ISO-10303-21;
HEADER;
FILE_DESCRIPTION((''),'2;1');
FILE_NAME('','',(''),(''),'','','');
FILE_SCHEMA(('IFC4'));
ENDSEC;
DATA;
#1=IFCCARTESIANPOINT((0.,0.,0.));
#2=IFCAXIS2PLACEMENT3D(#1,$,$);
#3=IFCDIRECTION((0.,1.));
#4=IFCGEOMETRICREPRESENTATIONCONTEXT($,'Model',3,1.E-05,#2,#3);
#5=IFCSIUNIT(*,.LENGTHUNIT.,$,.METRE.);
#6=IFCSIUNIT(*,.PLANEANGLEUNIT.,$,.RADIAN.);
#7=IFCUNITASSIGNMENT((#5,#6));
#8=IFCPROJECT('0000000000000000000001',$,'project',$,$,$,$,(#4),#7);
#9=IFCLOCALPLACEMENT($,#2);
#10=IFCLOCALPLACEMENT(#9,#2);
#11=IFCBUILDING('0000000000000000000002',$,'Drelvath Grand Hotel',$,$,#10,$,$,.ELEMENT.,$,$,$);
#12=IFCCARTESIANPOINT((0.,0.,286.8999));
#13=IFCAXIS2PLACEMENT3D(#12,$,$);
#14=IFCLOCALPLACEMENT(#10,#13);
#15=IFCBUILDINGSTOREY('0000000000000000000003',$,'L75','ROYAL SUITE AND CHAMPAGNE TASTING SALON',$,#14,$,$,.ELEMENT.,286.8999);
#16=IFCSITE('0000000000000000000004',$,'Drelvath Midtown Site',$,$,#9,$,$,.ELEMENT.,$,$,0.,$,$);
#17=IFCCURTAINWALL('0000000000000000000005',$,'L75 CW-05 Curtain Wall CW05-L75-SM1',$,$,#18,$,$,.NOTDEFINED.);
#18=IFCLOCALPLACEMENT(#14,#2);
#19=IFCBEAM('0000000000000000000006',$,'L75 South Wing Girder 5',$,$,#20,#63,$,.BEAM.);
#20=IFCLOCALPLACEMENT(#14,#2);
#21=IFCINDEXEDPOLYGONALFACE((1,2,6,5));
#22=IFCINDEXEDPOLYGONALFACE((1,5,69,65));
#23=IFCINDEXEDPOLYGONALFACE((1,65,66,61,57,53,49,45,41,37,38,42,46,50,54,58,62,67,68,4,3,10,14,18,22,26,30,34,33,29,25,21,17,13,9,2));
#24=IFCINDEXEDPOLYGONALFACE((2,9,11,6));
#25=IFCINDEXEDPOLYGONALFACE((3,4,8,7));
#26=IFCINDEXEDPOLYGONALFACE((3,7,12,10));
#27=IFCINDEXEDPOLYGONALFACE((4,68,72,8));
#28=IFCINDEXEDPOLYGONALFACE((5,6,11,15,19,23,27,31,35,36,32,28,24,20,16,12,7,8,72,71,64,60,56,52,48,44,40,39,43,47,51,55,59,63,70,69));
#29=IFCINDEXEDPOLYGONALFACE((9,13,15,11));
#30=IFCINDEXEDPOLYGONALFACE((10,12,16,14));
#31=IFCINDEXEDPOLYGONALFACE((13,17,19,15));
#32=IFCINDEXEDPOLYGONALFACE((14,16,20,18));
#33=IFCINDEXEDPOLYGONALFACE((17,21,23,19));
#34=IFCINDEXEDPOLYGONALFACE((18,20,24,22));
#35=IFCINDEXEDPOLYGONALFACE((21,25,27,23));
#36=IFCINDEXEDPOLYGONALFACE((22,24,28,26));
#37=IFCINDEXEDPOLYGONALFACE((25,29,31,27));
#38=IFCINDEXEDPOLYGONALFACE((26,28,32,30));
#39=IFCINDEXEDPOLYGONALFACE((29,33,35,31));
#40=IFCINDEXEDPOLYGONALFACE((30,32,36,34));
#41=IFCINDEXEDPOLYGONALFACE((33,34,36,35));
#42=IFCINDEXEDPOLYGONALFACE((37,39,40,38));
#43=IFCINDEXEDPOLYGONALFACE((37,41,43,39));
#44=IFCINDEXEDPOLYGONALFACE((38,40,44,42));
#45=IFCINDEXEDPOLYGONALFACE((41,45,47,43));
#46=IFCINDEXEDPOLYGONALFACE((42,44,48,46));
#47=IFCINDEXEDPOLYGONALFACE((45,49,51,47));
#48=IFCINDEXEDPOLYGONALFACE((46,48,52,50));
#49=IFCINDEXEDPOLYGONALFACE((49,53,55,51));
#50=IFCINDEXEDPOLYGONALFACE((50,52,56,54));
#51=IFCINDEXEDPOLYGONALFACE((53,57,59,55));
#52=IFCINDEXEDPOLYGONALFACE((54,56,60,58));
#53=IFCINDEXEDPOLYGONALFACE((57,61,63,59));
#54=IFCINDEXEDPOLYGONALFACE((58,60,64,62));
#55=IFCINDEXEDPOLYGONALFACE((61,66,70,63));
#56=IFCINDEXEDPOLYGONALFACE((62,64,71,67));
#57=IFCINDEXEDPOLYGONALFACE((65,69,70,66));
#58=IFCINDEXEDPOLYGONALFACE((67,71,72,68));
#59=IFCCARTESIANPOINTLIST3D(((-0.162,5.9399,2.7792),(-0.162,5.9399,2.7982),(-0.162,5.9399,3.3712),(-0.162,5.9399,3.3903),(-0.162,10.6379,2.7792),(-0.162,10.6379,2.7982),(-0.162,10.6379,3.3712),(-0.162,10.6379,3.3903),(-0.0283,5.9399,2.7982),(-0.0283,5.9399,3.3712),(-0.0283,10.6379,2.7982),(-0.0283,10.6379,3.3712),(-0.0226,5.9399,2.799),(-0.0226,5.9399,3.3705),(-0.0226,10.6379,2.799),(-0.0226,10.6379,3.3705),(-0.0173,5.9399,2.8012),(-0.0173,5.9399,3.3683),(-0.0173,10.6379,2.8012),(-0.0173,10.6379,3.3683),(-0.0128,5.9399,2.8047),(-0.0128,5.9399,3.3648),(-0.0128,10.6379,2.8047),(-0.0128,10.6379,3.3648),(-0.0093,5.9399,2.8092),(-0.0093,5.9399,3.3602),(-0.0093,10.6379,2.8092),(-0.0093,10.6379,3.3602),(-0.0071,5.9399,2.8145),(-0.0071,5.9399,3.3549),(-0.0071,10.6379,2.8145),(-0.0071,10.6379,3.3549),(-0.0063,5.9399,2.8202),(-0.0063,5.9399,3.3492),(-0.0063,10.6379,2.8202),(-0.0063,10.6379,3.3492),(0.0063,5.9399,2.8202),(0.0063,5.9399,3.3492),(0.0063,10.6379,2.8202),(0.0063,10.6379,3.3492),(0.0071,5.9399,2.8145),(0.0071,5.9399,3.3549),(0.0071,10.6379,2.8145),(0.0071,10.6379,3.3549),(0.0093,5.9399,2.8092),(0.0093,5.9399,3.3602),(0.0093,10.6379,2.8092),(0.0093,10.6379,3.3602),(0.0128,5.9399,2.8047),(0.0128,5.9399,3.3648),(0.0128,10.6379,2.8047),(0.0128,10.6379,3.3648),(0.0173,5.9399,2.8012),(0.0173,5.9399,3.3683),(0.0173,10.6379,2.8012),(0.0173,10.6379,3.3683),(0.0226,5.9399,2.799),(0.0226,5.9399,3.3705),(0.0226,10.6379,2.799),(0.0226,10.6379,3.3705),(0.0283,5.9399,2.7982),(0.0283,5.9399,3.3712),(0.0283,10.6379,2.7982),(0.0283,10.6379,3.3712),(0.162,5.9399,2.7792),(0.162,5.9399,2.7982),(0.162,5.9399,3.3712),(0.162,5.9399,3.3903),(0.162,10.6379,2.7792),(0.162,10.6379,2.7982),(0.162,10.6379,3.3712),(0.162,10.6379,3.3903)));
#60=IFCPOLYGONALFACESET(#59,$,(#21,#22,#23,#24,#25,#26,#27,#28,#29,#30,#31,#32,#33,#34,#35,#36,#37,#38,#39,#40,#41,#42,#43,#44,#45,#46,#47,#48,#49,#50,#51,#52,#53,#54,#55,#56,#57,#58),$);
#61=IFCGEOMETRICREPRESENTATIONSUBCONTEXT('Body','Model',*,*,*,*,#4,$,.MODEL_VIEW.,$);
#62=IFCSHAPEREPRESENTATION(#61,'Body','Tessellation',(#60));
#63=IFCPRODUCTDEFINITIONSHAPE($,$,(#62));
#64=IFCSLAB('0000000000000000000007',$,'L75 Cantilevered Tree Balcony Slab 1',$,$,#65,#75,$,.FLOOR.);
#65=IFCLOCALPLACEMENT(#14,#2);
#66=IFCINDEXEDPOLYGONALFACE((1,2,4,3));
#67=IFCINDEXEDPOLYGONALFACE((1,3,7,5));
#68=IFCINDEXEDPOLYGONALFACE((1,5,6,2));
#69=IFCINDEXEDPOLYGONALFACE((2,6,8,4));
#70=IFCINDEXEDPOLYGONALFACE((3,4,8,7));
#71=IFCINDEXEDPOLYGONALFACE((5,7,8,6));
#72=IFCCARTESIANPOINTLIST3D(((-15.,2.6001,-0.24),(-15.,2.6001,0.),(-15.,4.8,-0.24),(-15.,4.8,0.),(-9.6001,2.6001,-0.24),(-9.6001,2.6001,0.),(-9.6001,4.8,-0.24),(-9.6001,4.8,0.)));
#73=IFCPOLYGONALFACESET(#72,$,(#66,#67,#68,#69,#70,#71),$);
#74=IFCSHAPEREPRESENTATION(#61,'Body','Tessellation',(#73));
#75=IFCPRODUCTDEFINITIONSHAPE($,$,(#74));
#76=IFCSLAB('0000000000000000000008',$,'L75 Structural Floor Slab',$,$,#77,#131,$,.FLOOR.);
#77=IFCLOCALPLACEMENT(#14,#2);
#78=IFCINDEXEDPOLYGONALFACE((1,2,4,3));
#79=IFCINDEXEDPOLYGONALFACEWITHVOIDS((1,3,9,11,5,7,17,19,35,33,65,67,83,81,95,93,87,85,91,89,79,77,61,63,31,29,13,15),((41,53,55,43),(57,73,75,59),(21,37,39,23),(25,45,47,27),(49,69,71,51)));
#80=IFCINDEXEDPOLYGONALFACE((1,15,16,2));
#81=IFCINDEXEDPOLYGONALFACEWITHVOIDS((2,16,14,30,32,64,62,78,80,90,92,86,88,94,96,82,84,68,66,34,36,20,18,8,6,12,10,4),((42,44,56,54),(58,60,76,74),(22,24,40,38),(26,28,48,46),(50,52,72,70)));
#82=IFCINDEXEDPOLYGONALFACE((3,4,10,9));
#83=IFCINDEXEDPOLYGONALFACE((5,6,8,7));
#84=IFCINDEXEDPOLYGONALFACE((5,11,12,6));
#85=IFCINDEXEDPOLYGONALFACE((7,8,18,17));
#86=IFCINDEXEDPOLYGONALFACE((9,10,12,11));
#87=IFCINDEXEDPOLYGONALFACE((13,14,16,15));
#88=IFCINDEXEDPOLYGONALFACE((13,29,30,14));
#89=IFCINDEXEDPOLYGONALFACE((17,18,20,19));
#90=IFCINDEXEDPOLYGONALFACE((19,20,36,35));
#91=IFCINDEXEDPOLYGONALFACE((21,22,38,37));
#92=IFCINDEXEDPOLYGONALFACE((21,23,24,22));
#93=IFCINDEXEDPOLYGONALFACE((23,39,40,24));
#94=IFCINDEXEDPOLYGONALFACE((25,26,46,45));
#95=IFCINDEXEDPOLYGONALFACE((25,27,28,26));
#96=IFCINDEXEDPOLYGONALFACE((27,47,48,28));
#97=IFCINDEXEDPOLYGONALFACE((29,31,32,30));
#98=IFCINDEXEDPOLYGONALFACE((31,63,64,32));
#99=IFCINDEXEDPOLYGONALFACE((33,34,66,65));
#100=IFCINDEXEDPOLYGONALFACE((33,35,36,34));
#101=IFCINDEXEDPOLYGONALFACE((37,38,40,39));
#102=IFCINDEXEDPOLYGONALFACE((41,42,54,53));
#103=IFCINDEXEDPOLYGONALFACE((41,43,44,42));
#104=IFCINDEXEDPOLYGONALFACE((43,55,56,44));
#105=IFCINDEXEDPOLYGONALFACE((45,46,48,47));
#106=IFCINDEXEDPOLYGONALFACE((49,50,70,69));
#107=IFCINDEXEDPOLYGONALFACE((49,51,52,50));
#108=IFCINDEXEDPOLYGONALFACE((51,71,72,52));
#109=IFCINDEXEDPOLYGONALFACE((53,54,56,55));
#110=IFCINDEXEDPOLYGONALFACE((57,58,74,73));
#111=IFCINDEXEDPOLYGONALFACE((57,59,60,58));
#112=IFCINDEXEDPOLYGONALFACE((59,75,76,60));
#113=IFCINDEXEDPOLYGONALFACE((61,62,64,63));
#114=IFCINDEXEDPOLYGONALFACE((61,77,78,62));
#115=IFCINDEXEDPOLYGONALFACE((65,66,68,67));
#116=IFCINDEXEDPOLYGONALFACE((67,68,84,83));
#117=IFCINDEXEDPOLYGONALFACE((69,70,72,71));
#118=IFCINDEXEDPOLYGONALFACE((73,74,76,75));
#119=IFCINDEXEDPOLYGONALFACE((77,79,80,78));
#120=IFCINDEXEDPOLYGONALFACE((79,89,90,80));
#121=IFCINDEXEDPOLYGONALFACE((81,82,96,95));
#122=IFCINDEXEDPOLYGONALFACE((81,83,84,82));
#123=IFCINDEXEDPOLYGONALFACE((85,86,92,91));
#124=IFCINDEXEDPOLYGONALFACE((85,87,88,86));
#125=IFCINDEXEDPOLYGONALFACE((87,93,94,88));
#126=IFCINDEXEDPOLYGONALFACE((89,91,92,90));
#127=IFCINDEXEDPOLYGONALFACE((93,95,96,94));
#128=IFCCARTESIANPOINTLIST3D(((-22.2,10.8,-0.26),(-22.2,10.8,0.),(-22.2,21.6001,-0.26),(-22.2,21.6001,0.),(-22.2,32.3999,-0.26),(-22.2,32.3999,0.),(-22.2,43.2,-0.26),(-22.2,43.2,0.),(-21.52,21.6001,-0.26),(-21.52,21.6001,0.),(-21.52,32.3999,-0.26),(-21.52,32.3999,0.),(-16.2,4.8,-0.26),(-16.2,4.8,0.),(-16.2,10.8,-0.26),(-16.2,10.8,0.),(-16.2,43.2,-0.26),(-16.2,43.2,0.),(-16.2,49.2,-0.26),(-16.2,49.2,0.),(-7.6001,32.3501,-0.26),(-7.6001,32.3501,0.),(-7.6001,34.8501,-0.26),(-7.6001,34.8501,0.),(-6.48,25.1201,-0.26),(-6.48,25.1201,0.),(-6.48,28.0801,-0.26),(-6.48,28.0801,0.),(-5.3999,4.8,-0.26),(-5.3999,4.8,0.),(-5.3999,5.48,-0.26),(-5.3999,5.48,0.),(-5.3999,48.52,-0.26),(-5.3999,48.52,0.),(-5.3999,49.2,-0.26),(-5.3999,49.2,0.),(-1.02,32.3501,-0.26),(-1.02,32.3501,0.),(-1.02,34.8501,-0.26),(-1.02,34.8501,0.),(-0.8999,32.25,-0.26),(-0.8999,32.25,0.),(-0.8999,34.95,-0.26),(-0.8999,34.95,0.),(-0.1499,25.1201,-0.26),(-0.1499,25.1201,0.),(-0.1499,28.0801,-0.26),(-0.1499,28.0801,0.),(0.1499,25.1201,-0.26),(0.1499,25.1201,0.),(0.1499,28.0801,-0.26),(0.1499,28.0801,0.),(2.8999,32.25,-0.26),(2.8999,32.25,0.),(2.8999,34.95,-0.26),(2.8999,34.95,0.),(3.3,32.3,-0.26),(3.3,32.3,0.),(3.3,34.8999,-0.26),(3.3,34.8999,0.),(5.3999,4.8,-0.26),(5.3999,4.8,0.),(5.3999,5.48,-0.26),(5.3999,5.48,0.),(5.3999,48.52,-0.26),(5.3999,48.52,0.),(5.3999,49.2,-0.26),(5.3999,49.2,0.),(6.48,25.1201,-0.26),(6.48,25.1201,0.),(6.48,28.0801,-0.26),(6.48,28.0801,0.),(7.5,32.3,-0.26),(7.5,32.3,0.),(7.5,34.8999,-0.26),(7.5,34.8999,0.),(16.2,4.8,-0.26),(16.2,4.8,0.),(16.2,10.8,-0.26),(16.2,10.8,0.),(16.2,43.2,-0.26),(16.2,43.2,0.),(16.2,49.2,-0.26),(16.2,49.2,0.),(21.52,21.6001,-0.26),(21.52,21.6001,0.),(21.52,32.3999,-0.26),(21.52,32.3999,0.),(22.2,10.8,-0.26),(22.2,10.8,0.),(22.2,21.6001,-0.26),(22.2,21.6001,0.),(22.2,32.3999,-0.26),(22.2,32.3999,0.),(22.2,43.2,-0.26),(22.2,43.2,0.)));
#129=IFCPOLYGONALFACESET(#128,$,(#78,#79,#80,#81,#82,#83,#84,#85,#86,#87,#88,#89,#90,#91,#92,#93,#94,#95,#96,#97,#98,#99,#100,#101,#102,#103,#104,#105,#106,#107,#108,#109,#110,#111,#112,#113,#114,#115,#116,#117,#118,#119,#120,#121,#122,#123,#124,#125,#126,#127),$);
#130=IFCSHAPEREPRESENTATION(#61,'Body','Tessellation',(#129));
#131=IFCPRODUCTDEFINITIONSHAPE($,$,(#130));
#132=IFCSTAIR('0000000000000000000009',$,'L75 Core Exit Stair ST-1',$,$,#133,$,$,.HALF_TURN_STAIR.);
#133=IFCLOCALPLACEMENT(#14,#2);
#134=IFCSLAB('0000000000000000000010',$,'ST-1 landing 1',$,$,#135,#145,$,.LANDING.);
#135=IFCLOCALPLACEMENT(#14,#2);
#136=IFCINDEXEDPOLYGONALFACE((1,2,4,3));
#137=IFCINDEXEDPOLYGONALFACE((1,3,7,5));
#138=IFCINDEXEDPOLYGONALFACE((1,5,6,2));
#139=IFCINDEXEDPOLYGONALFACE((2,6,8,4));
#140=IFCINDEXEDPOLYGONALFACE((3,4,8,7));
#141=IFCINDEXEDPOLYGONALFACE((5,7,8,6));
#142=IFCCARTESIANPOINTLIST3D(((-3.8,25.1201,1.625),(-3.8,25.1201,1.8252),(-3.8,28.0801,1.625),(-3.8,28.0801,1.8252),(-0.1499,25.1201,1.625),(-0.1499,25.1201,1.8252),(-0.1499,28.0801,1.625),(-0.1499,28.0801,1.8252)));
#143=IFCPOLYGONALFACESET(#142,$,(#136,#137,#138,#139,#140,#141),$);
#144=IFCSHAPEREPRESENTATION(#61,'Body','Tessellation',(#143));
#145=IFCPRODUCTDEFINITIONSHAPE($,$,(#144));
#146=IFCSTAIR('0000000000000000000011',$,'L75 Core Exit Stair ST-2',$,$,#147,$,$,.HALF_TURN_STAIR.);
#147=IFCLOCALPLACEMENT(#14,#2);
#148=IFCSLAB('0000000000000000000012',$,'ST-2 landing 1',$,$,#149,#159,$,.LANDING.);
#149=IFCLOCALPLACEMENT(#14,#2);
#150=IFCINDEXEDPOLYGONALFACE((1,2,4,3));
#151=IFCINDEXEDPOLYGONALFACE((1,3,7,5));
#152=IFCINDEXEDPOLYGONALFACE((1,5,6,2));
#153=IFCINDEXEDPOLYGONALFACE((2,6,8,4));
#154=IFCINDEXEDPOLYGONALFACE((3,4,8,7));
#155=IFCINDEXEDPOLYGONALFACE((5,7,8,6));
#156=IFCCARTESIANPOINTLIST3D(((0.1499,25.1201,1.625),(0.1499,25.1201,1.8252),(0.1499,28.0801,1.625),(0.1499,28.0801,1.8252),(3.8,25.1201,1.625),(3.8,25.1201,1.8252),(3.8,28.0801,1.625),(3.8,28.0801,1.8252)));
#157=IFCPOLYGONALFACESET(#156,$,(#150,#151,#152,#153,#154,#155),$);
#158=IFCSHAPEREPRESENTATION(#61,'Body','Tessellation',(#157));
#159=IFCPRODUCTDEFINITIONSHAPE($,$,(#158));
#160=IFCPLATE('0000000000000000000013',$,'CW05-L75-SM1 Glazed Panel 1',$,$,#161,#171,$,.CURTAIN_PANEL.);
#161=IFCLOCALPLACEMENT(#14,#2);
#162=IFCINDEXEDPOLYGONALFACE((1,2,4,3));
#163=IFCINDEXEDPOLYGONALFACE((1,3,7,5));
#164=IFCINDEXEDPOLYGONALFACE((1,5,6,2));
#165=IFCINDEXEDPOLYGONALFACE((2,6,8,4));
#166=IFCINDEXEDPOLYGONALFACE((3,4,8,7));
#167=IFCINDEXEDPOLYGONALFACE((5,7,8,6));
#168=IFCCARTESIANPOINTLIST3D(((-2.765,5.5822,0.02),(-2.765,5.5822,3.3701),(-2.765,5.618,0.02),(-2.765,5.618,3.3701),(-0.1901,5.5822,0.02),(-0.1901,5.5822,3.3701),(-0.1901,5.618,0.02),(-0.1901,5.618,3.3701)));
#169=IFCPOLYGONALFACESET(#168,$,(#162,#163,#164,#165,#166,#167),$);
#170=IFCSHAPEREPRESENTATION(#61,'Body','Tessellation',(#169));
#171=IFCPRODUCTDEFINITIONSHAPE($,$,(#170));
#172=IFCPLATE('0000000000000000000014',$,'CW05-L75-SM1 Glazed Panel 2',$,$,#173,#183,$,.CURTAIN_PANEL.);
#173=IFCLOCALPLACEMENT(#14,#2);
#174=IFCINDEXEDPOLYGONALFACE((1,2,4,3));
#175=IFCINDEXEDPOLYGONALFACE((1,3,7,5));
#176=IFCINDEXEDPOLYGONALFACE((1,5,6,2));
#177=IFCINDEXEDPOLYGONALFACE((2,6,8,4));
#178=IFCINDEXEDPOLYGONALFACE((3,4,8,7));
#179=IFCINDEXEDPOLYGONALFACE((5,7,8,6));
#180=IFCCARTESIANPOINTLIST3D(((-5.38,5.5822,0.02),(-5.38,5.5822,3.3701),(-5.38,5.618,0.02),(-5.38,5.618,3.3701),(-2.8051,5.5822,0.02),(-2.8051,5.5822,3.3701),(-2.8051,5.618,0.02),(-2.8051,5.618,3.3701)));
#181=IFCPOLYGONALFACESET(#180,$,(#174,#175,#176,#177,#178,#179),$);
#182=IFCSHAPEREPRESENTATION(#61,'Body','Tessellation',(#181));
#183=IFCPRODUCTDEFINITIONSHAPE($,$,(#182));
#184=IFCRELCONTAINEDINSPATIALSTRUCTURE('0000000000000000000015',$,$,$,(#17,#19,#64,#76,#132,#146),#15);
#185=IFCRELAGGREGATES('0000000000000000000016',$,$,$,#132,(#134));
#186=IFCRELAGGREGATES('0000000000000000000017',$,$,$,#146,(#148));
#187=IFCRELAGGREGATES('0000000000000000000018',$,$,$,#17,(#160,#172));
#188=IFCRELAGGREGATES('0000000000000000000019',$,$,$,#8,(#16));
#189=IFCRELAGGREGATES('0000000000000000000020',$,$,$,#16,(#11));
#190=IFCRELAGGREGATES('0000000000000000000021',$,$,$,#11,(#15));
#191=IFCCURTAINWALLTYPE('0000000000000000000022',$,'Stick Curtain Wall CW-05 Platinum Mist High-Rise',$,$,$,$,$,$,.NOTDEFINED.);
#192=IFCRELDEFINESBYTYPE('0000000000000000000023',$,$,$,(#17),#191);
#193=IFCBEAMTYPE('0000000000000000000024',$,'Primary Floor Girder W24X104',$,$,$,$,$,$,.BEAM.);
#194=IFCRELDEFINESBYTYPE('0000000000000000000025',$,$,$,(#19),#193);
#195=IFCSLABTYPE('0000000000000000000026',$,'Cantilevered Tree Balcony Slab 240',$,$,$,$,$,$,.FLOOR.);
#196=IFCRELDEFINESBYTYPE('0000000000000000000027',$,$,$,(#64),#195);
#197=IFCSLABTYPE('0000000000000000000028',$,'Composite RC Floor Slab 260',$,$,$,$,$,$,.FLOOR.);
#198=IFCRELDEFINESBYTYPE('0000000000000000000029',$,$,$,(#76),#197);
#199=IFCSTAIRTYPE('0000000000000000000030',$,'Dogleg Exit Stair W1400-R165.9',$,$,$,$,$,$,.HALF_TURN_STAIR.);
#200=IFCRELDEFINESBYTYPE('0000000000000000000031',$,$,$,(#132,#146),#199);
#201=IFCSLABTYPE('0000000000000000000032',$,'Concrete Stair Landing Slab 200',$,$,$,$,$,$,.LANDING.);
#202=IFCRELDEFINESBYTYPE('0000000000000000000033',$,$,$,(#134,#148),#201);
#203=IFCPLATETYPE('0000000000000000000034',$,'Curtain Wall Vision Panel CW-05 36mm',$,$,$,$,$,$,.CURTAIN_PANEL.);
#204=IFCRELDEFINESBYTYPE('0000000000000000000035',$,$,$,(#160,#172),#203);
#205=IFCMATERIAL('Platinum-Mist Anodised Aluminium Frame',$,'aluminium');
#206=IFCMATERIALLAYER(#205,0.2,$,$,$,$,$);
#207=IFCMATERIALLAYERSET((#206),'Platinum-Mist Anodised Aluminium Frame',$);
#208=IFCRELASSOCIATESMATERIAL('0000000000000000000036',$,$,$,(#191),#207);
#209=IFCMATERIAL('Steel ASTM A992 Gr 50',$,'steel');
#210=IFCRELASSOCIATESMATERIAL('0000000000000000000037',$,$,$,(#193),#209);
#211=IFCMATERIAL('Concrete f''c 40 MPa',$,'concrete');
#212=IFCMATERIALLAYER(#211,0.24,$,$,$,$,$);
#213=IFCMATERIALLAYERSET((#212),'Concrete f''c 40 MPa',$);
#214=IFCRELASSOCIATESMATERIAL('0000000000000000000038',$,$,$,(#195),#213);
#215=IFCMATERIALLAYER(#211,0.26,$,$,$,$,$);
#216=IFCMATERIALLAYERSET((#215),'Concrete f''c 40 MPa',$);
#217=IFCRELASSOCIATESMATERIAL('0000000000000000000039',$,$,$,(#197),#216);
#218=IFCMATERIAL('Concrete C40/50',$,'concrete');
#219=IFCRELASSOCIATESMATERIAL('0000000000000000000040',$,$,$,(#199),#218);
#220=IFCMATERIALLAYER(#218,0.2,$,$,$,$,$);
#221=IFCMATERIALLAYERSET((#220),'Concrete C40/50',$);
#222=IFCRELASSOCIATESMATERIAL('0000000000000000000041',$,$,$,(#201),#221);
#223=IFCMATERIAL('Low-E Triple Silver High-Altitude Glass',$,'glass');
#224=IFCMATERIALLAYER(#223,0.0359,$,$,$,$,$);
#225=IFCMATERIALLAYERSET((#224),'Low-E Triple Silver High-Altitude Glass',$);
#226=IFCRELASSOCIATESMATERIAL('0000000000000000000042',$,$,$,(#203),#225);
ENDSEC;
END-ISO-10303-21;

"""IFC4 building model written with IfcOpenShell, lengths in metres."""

from ifc_helpers import new_model, si_unit, direction, frame, origin, origin_2d, place, context, subcontext, project, spatial, polyline, rectangle, i_section, outline, extrude, material, layer, layer_set, material_profile, profile_set, type_object, element, aggregate, save


model = new_model("IFC4")

# Units and contexts
model_context = context("Model", 3, precision=1e-05, world=origin(), true_north=direction((0.0, 1.0)))
body_context = subcontext(model_context, "Body", "Model", "MODEL_VIEW")
ifc_project = project(units=[si_unit("LENGTHUNIT", "METRE"), si_unit("PLANEANGLEUNIT", "RADIAN")], contexts=[model_context])

# Site, building, storey
site_placement = place(None, origin())
site = spatial("IfcSite", under=ifc_project, at=site_placement, Name="Drelvath Midtown Site", CompositionType="ELEMENT", RefElevation=0.0)
building_placement = place(site_placement, origin())
building = spatial("IfcBuilding", under=site, at=building_placement, Name="Drelvath Grand Hotel", CompositionType="ELEMENT")
storey_placement = place(building_placement, frame((0.0, 0.0, 286.8999)))
storey = spatial("IfcBuildingStorey", under=building, at=storey_placement, Name="L75", Description="ROYAL SUITE AND CHAMPAGNE TASTING SALON", CompositionType="ELEMENT", Elevation=286.8999)

# Curtain wall
ifc_material_1 = material(Name="Platinum-Mist Anodised Aluminium Frame", Category="aluminium")
ifc_layer_1 = layer(ifc_material_1, 0.2)
ifc_layer_set_1 = layer_set([ifc_layer_1], Name="Platinum-Mist Anodised Aluminium Frame")
curtain_wall_type = type_object("IfcCurtainWallType", Name="Stick Curtain Wall CW-05 Platinum Mist High-Rise", PredefinedType="NOTDEFINED", material=ifc_layer_set_1)
curtain_wall_1_placement = place(storey_placement, origin())
curtain_wall_1 = element("IfcCurtainWall", 1, at=curtain_wall_1_placement, inside=storey, type_object=curtain_wall_type, Name="L75 CW-05 Curtain Wall CW05-L75-SM1", PredefinedType="NOTDEFINED")

# Beam
ifc_material_2 = material(Name="Steel ASTM A992 Gr 50", Category="steel")
ifc_material_profile_1 = material_profile(ifc_material_2, i_section(OverallWidth=0.324, OverallDepth=0.6111, WebThickness=0.0127, FlangeThickness=0.019, FilletRadius=0.022, at=origin_2d()), Name="W24X104")
ifc_profile_set_1 = profile_set([ifc_material_profile_1], Name="Steel ASTM A992 Gr 50")
beam_type = type_object("IfcBeamType", Name="Primary Floor Girder W24X104", PredefinedType="BEAM", material=ifc_profile_set_1)
beam_placement = place(storey_placement, frame((0.0, 5.9399, 3.0847), z_axis=(0.0, 1.0, 0.0), x_axis=(-1.0, 0.0, 0.0)))
element("IfcBeam", 2, at=beam_placement, inside=storey, type_object=beam_type, Name="L75 South Wing Girder 5", PredefinedType="BEAM", context=body_context, shape_type="SweptSolid", body=[
    extrude(i_section(OverallWidth=0.324, OverallDepth=0.6111, WebThickness=0.0127, FlangeThickness=0.019, FilletRadius=0.022, at=origin_2d()), origin(), (0.0, 0.0, 1.0), 4.698),
])

# Slabs
ifc_material_3 = material(Name="Concrete f'c 40 MPa", Category="concrete")
ifc_layer_2 = layer(ifc_material_3, 0.24)
ifc_layer_set_2 = layer_set([ifc_layer_2], Name="Concrete f'c 40 MPa")
slab_type_1 = type_object("IfcSlabType", Name="Cantilevered Tree Balcony Slab 240", PredefinedType="FLOOR", material=ifc_layer_set_2)
slab_1_placement = place(storey_placement, frame((0.0, 0.0, -0.24)))
element("IfcSlab", 3, at=slab_1_placement, inside=storey, type_object=slab_type_1, Name="L75 Cantilevered Tree Balcony Slab 1", PredefinedType="FLOOR", context=body_context, shape_type="SweptSolid", body=[
    extrude(outline(polyline([(-15.0, 2.6001), (-9.6001, 2.6001), (-9.6001, 4.8), (-15.0, 4.8), (-15.0, 2.6001)])), origin(), (0.0, 0.0, 1.0), 0.24),
])
ifc_layer_3 = layer(ifc_material_3, 0.26)
ifc_layer_set_3 = layer_set([ifc_layer_3], Name="Concrete f'c 40 MPa")
slab_type_2 = type_object("IfcSlabType", Name="Composite RC Floor Slab 260", PredefinedType="FLOOR", material=ifc_layer_set_3)
slab_2_placement = place(storey_placement, frame((0.0, 0.0, -0.26)))
element("IfcSlab", 4, at=slab_2_placement, inside=storey, type_object=slab_type_2, Name="L75 Structural Floor Slab", PredefinedType="FLOOR", context=body_context, shape_type="SweptSolid", body=[
    extrude(outline(polyline([(-16.2, 4.8), (-5.3999, 4.8), (-5.3999, 5.48), (5.3999, 5.48), (5.3999, 4.8), (16.2, 4.8), (16.2, 10.8), (22.2, 10.8), (22.2, 21.6001), (21.52, 21.6001), (21.52, 32.3999), (22.2, 32.3999), (22.2, 43.2), (16.2, 43.2), (16.2, 49.2), (5.3999, 49.2), (5.3999, 48.52), (-5.3999, 48.52), (-5.3999, 49.2), (-16.2, 49.2), (-16.2, 43.2), (-22.2, 43.2), (-22.2, 32.3999), (-21.52, 32.3999), (-21.52, 21.6001), (-22.2, 21.6001), (-22.2, 10.8), (-16.2, 10.8), (-16.2, 4.8)]), holes=[polyline([(-6.48, 25.1201), (-6.48, 28.0801), (-0.1499, 28.0801), (-0.1499, 25.1201), (-6.48, 25.1201)]), polyline([(0.1499, 25.1201), (0.1499, 28.0801), (6.48, 28.0801), (6.48, 25.1201), (0.1499, 25.1201)]), polyline([(-7.6001, 32.3501), (-7.6001, 34.8501), (-1.02, 34.8501), (-1.02, 32.3501), (-7.6001, 32.3501)]), polyline([(-0.8999, 32.25), (-0.8999, 34.95), (2.8999, 34.95), (2.8999, 32.25), (-0.8999, 32.25)]), polyline([(3.3, 32.3), (3.3, 34.8999), (7.5, 34.8999), (7.5, 32.3), (3.3, 32.3)])]), origin(), (0.0, 0.0, 1.0), 0.26),
])

# Stairs, slabs
ifc_material_4 = material(Name="Concrete C40/50", Category="concrete")
stair_type = type_object("IfcStairType", Name="Dogleg Exit Stair W1400-R165.9", PredefinedType="HALF_TURN_STAIR", material=ifc_material_4)
stair_1_placement = place(storey_placement, origin())
stair_1 = element("IfcStair", 5, at=stair_1_placement, inside=storey, type_object=stair_type, Name="L75 Core Exit Stair ST-1", PredefinedType="HALF_TURN_STAIR")
ifc_layer_4 = layer(ifc_material_4, 0.2)
ifc_layer_set_4 = layer_set([ifc_layer_4], Name="Concrete C40/50")
slab_type_3 = type_object("IfcSlabType", Name="Concrete Stair Landing Slab 200", PredefinedType="LANDING", material=ifc_layer_set_4)
slab_3_placement = place(storey_placement, frame((0.0, 0.0, 1.625)))
slab_3 = element("IfcSlab", 6, at=slab_3_placement, type_object=slab_type_3, Name="ST-1 landing 1", PredefinedType="LANDING", context=body_context, shape_type="SweptSolid", body=[
    extrude(outline(polyline([(-3.8, 25.1201), (-0.1499, 25.1201), (-0.1499, 28.0801), (-3.8, 28.0801), (-3.8, 25.1201)])), origin(), (0.0, 0.0, 1.0), 0.2002),
])
aggregate(stair_1, [slab_3])
stair_2_placement = place(storey_placement, origin())
stair_2 = element("IfcStair", 7, at=stair_2_placement, inside=storey, type_object=stair_type, Name="L75 Core Exit Stair ST-2", PredefinedType="HALF_TURN_STAIR")
slab_4_placement = place(storey_placement, frame((0.0, 0.0, 1.625)))
slab_4 = element("IfcSlab", 8, at=slab_4_placement, type_object=slab_type_3, Name="ST-2 landing 1", PredefinedType="LANDING", context=body_context, shape_type="SweptSolid", body=[
    extrude(outline(polyline([(3.8, 28.0801), (0.1499, 28.0801), (0.1499, 25.1201), (3.8, 25.1201), (3.8, 28.0801)])), origin(), (0.0, 0.0, 1.0), 0.2002),
])
aggregate(stair_2, [slab_4])

# Plates
ifc_material_5 = material(Name="Low-E Triple Silver High-Altitude Glass", Category="glass")
ifc_layer_5 = layer(ifc_material_5, 0.0359)
ifc_layer_set_5 = layer_set([ifc_layer_5], Name="Low-E Triple Silver High-Altitude Glass")
plate_type = type_object("IfcPlateType", Name="Curtain Wall Vision Panel CW-05 36mm", PredefinedType="CURTAIN_PANEL", material=ifc_layer_set_5)
plate_1_placement = place(storey_placement, frame((-1.4775, 5.6001, 0.02), z_axis=(0.0, 0.0, 1.0), x_axis=(-1.0, 0.0, 0.0)))
plate_1 = element("IfcPlate", 9, at=plate_1_placement, type_object=plate_type, Name="CW05-L75-SM1 Glazed Panel 1", PredefinedType="CURTAIN_PANEL", context=body_context, shape_type="SweptSolid", body=[
    extrude(rectangle(XDim=2.575, YDim=0.0359, at=origin_2d()), origin(), (0.0, 0.0, 1.0), 3.3501),
])
plate_2_placement = place(storey_placement, frame((-4.0925, 5.6001, 0.02), z_axis=(0.0, 0.0, 1.0), x_axis=(-1.0, 0.0, 0.0)))
plate_2 = element("IfcPlate", 10, at=plate_2_placement, type_object=plate_type, Name="CW05-L75-SM1 Glazed Panel 2", PredefinedType="CURTAIN_PANEL", context=body_context, shape_type="SweptSolid", body=[
    extrude(rectangle(XDim=2.575, YDim=0.0359, at=origin_2d()), origin(), (0.0, 0.0, 1.0), 3.3501),
])
aggregate(curtain_wall_1, [plate_1, plate_2])

save(model, "model.ifc")
